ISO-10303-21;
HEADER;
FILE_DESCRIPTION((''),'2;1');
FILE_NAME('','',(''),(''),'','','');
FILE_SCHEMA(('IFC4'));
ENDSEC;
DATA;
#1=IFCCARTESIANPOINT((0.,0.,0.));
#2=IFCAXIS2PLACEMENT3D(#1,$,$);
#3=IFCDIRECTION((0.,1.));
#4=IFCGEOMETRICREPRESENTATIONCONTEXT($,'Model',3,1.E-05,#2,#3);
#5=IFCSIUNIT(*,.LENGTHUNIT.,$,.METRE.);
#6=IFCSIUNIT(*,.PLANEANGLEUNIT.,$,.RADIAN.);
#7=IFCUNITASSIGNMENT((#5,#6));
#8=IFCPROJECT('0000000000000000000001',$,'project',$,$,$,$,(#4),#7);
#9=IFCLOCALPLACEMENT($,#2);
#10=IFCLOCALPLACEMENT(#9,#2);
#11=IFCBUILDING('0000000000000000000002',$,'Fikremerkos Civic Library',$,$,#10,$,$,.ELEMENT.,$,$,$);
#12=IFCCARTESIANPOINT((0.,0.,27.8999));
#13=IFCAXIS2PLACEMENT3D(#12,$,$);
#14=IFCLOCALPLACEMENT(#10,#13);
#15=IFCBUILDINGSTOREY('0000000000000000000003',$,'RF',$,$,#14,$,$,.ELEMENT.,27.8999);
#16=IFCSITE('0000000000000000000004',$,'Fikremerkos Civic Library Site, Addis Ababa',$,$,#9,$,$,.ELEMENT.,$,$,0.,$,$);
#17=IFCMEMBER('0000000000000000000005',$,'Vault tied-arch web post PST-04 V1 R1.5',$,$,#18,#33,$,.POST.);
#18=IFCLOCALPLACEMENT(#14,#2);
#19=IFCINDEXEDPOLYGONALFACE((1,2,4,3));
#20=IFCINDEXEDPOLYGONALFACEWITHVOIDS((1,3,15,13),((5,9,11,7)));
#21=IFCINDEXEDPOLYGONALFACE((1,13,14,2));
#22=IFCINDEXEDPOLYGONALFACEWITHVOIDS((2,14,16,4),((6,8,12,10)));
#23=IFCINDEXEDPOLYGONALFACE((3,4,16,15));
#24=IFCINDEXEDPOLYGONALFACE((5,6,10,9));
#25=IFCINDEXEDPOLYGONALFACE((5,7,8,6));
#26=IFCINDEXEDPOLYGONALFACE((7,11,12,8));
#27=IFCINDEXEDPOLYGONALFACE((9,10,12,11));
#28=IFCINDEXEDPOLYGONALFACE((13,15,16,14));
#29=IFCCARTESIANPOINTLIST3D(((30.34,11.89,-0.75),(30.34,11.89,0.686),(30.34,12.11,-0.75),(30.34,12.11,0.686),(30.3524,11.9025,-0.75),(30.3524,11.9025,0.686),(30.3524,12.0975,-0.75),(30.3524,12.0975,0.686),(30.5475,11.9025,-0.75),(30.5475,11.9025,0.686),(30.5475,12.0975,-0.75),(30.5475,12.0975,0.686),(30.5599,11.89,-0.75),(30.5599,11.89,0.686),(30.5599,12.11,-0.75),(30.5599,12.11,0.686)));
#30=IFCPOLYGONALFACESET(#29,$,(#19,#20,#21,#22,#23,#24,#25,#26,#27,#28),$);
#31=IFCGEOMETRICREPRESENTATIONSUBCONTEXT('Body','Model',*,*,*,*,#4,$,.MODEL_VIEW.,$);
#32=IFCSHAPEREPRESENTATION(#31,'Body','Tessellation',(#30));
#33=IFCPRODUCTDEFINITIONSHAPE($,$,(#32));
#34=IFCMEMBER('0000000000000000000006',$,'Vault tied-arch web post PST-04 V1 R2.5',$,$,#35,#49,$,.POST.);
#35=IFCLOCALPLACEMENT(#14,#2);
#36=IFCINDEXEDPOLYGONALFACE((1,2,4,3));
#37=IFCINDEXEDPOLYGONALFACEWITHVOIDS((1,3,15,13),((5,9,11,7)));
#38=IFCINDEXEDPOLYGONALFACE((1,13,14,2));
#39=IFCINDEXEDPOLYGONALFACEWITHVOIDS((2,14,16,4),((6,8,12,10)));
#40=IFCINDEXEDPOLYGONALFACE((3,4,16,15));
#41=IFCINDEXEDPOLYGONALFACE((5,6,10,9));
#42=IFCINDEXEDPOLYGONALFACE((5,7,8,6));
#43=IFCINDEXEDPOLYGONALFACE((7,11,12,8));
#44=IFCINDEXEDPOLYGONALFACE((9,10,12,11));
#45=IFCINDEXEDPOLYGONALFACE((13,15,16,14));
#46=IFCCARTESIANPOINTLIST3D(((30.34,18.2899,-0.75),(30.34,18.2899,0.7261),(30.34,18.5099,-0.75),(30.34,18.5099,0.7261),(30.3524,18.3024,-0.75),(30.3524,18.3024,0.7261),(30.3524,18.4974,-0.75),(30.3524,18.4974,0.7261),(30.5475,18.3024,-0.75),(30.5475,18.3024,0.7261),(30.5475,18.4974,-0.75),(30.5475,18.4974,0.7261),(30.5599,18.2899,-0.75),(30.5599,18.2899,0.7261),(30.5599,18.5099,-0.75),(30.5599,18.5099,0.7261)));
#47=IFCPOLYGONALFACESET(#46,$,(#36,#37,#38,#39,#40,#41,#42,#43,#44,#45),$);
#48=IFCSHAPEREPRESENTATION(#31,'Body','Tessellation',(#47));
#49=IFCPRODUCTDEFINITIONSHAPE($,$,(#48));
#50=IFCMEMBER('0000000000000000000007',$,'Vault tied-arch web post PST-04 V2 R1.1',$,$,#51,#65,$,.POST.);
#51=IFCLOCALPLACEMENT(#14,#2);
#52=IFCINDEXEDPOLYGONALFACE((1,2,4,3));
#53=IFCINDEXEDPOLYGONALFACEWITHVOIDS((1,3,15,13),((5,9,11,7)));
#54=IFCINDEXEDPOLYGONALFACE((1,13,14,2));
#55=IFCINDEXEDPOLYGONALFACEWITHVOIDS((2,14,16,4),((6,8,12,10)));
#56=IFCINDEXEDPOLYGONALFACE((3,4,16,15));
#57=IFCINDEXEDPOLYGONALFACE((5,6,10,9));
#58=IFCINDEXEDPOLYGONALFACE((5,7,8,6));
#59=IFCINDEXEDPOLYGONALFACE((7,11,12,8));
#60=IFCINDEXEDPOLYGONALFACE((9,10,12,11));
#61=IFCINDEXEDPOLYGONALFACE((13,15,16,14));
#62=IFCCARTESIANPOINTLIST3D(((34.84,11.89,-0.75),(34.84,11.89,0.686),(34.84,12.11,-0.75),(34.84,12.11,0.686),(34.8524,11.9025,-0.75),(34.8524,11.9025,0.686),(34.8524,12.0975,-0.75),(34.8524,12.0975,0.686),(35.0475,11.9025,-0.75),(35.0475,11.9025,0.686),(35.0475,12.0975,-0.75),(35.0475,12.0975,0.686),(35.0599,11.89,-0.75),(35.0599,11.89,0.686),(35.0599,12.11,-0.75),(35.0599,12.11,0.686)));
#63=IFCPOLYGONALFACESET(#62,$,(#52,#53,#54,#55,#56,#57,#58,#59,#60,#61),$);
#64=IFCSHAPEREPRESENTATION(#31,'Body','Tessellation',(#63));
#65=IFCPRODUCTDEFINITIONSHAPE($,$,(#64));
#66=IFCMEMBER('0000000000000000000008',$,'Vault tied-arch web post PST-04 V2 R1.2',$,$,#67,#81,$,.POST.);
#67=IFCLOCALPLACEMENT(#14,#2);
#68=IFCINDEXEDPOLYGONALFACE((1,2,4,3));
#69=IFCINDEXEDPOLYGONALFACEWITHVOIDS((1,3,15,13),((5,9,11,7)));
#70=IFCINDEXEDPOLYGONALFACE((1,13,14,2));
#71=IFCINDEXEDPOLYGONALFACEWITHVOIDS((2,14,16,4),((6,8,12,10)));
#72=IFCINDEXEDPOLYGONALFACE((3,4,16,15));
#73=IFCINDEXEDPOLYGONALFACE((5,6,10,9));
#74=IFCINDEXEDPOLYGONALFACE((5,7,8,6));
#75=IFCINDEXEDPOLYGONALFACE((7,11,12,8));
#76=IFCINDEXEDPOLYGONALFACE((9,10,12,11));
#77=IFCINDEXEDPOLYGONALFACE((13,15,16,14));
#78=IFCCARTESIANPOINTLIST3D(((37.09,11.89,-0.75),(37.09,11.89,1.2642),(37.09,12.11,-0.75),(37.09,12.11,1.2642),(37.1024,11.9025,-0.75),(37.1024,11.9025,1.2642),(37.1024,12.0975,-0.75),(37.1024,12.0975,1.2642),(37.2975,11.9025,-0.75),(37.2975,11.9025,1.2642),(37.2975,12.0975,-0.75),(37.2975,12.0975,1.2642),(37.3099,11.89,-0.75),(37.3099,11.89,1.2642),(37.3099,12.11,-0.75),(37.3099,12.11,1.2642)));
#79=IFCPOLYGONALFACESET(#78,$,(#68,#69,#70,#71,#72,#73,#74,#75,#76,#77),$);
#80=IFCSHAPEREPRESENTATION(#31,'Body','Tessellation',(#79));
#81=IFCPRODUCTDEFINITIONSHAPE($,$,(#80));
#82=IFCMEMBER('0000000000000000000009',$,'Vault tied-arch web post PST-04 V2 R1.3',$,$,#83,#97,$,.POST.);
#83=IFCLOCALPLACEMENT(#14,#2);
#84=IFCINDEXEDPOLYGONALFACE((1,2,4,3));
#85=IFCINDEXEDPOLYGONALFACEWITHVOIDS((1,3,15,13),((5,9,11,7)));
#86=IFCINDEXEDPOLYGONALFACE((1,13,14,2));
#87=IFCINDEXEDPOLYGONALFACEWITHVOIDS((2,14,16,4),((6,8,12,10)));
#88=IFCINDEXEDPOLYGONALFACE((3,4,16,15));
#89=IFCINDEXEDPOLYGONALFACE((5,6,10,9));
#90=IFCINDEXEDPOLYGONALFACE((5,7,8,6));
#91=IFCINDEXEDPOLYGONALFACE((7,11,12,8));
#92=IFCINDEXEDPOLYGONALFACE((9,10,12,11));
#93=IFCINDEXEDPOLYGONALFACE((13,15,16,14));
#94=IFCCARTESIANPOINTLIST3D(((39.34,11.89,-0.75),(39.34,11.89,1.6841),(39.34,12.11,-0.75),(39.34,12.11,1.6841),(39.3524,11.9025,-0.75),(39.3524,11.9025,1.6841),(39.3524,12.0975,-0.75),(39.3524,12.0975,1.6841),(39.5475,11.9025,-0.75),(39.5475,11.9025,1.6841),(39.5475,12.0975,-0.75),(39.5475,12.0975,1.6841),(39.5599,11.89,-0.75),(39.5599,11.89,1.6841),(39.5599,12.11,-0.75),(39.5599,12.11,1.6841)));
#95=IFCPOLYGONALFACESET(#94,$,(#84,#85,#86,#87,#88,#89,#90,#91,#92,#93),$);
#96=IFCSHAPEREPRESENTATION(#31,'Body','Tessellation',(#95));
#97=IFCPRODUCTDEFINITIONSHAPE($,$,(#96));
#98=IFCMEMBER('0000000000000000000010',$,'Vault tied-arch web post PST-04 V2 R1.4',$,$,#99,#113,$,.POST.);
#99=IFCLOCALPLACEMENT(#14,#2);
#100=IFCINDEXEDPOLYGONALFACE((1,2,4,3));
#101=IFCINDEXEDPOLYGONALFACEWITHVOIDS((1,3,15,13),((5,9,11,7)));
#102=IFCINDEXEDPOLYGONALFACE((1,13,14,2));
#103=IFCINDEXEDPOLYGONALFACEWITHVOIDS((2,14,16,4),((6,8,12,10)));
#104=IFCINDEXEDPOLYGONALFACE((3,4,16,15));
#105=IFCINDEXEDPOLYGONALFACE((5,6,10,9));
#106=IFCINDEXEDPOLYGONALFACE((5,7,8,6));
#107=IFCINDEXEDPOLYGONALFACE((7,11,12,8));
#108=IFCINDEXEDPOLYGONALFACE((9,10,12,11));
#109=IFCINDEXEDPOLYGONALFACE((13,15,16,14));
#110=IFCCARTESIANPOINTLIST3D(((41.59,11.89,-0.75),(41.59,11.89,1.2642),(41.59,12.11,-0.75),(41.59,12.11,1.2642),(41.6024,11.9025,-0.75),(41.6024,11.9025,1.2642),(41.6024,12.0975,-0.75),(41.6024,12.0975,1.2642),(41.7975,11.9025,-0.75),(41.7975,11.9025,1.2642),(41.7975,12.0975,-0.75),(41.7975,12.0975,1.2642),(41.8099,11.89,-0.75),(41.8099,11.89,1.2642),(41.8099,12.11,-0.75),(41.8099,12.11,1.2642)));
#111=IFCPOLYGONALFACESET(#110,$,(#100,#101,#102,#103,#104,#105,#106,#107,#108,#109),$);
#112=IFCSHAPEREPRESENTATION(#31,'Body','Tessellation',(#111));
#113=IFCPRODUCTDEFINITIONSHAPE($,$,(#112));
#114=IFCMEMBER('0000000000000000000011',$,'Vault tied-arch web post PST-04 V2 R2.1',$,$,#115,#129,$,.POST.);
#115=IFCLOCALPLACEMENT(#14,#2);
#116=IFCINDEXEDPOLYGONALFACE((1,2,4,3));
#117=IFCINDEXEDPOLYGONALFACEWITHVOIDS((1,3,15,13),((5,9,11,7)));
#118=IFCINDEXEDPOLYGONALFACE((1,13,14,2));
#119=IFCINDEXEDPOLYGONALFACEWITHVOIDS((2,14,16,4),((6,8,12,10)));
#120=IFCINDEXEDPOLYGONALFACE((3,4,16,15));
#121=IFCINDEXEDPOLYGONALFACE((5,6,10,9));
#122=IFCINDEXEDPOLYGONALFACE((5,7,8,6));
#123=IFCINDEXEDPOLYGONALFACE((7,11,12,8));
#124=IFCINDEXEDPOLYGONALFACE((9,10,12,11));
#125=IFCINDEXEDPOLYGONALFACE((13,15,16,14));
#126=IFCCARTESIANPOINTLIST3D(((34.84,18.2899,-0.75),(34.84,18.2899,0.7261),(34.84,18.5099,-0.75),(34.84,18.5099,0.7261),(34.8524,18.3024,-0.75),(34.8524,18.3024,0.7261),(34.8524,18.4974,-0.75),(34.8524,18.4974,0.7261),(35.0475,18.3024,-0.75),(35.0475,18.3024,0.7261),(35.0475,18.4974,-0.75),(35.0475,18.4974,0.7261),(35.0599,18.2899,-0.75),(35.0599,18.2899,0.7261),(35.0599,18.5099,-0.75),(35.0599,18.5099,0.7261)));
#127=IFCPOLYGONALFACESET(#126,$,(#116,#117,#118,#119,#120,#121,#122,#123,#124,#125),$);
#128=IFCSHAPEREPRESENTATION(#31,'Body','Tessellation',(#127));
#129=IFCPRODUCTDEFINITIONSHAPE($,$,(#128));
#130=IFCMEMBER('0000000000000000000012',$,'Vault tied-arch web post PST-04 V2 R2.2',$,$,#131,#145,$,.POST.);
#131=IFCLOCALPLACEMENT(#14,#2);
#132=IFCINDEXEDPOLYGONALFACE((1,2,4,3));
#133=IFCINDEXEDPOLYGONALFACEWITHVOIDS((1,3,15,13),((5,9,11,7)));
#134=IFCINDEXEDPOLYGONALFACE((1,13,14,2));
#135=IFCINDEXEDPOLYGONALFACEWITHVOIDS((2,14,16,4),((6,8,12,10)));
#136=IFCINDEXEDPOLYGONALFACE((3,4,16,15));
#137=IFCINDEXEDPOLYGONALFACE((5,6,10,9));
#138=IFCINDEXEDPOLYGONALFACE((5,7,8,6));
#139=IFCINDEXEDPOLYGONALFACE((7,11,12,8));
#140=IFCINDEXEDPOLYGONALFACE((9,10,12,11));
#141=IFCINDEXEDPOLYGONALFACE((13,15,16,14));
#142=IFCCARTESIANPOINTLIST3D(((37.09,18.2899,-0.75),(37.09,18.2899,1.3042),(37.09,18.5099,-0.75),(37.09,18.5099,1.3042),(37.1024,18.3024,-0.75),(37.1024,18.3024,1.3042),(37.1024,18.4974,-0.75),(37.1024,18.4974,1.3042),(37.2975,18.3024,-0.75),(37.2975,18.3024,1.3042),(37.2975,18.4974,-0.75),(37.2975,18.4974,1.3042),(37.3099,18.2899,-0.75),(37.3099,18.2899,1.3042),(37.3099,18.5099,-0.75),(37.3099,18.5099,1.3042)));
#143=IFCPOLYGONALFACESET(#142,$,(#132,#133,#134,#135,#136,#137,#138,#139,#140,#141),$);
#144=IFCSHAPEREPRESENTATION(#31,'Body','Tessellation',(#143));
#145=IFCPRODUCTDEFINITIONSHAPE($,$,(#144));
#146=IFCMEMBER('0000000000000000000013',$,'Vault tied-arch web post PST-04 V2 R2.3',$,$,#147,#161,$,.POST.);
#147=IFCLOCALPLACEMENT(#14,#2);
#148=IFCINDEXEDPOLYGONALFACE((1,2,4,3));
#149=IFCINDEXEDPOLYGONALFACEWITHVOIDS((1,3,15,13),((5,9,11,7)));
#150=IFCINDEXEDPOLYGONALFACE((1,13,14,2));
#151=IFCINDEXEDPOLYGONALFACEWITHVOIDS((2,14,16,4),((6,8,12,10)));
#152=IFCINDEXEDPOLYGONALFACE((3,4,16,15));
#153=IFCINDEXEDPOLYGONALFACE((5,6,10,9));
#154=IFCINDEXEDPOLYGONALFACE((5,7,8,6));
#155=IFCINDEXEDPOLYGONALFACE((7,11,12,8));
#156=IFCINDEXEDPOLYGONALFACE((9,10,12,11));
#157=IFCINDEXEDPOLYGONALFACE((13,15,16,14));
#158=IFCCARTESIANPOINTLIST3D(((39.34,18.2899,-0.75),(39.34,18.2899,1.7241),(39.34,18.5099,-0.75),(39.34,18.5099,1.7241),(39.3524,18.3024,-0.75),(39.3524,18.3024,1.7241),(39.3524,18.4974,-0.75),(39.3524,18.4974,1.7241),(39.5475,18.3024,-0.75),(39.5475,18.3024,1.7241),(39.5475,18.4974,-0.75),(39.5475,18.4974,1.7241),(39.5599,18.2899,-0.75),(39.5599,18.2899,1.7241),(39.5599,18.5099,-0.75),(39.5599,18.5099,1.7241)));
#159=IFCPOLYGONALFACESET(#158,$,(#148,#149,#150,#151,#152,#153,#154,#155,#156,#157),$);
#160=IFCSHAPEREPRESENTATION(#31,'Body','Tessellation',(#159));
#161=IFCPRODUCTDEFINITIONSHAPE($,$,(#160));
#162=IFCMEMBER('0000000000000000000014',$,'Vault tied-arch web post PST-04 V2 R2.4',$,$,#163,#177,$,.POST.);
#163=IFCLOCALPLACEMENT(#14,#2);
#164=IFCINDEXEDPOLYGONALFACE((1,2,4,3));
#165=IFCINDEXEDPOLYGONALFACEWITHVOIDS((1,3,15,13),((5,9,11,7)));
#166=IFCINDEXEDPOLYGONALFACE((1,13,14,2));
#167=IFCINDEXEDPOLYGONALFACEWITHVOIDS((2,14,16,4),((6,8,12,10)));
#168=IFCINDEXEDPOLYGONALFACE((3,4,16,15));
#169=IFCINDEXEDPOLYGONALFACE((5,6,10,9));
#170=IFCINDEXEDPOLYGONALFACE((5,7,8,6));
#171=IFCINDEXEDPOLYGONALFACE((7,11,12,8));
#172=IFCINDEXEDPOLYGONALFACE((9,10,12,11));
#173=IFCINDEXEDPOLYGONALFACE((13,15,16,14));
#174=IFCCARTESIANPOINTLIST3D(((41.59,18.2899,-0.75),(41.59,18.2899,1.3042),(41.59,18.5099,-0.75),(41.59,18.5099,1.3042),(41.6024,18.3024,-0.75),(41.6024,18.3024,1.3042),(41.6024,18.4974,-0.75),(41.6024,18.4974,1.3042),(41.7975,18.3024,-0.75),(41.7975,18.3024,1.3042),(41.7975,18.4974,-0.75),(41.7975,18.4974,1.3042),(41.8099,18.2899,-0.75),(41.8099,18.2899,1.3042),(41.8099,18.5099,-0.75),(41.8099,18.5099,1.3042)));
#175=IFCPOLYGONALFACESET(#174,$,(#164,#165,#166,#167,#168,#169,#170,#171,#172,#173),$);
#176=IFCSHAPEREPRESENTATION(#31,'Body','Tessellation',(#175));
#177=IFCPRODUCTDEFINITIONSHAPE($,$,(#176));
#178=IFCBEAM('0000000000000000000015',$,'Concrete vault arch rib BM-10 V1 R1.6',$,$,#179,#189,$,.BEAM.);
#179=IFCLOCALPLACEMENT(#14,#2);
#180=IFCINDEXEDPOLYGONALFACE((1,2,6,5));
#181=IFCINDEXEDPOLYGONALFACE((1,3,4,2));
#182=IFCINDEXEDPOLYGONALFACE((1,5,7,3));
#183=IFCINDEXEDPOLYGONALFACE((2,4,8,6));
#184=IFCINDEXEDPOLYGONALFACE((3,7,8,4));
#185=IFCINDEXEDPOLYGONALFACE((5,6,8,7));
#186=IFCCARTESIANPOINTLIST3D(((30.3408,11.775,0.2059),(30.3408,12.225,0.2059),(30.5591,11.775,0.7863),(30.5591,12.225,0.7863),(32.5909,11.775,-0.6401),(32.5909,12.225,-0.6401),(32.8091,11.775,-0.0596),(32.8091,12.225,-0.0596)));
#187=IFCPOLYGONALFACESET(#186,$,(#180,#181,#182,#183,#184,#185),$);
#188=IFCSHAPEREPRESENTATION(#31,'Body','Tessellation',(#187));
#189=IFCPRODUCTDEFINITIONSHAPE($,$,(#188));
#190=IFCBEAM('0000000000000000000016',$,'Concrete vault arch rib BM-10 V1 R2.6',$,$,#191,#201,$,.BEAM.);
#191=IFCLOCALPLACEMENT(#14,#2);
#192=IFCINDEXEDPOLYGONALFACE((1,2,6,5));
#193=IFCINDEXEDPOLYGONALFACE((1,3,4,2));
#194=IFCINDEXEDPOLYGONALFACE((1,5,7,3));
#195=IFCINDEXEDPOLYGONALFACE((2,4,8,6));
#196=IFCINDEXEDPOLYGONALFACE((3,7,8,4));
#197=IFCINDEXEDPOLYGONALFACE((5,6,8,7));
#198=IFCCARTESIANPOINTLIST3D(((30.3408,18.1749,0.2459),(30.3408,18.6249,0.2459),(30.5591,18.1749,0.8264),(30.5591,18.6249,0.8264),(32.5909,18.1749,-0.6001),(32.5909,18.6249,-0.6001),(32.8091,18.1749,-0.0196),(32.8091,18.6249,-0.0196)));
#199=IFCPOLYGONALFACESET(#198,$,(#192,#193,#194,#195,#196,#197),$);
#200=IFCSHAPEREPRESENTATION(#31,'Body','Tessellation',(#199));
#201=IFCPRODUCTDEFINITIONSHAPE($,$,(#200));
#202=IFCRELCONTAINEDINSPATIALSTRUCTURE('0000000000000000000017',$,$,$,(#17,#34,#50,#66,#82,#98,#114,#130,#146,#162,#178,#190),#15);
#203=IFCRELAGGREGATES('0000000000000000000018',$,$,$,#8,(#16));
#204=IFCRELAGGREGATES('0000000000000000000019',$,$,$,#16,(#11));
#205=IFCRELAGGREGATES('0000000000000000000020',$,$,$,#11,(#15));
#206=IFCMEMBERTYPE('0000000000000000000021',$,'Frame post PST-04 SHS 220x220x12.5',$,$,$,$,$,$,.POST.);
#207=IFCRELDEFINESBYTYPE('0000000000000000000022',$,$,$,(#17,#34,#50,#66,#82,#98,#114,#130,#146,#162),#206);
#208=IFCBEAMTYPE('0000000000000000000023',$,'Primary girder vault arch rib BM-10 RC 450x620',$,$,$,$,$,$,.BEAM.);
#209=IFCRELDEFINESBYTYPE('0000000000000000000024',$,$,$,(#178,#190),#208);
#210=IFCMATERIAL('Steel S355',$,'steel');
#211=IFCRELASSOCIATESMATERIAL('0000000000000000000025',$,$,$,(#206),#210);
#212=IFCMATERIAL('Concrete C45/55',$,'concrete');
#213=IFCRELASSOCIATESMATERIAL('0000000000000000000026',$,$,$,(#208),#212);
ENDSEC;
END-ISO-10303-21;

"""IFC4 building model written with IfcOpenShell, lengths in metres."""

from ifc_helpers import new_model, si_unit, direction, frame, origin, origin_2d, place, context, subcontext, project, spatial, rectangle, hollow_rectangle, extrude, material, material_profile, profile_set, type_object, element, save


model = new_model("IFC4")

# Units and contexts
model_context = context("Model", 3, precision=1e-05, world=origin(), true_north=direction((0.0, 1.0)))
body_context = subcontext(model_context, "Body", "Model", "MODEL_VIEW")
ifc_project = project(units=[si_unit("LENGTHUNIT", "METRE"), si_unit("PLANEANGLEUNIT", "RADIAN")], contexts=[model_context])

# Site, building, storey
site_placement = place(None, origin())
site = spatial("IfcSite", under=ifc_project, at=site_placement, Name="Fikremerkos Civic Library Site, Addis Ababa", CompositionType="ELEMENT", RefElevation=0.0)
building_placement = place(site_placement, origin())
building = spatial("IfcBuilding", under=site, at=building_placement, Name="Fikremerkos Civic Library", CompositionType="ELEMENT")
storey_placement = place(building_placement, frame((0.0, 0.0, 27.8999)))
storey = spatial("IfcBuildingStorey", under=building, at=storey_placement, Name="RF", CompositionType="ELEMENT", Elevation=27.8999)

# Members
ifc_material_1 = material(Name="Steel S355", Category="steel")
ifc_material_profile_1 = material_profile(ifc_material_1, hollow_rectangle(XDim=0.22, YDim=0.22, WallThickness=0.0125, at=origin_2d()), Name="SHS 220x220x12.5")
ifc_profile_set_1 = profile_set([ifc_material_profile_1], Name="Steel S355")
member_type_1 = type_object("IfcMemberType", Name="Frame post PST-04 SHS 220x220x12.5", PredefinedType="POST", material=ifc_profile_set_1)
member_1_placement = place(storey_placement, frame((30.45, 12.0, -0.75), z_axis=(0.0, 0.0, 1.0), x_axis=(1.0, 0.0, 0.0)))
element("IfcMember", 1, at=member_1_placement, inside=storey, type_object=member_type_1, Name="Vault tied-arch web post PST-04 V1 R1.5", PredefinedType="POST", context=body_context, shape_type="SweptSolid", body=[
    extrude(hollow_rectangle(XDim=0.22, YDim=0.22, WallThickness=0.0125, at=origin_2d()), origin(), (0.0, 0.0, 1.0), 1.436),
])
member_2_placement = place(storey_placement, frame((30.45, 18.3999, -0.75), z_axis=(0.0, 0.0, 1.0), x_axis=(1.0, 0.0, 0.0)))
element("IfcMember", 2, at=member_2_placement, inside=storey, type_object=member_type_1, Name="Vault tied-arch web post PST-04 V1 R2.5", PredefinedType="POST", context=body_context, shape_type="SweptSolid", body=[
    extrude(hollow_rectangle(XDim=0.22, YDim=0.22, WallThickness=0.0125, at=origin_2d()), origin(), (0.0, 0.0, 1.0), 1.4761),
])
member_3_placement = place(storey_placement, frame((34.95, 12.0, -0.75), z_axis=(0.0, 0.0, 1.0), x_axis=(1.0, 0.0, 0.0)))
element("IfcMember", 3, at=member_3_placement, inside=storey, type_object=member_type_1, Name="Vault tied-arch web post PST-04 V2 R1.1", PredefinedType="POST", context=body_context, shape_type="SweptSolid", body=[
    extrude(hollow_rectangle(XDim=0.22, YDim=0.22, WallThickness=0.0125, at=origin_2d()), origin(), (0.0, 0.0, 1.0), 1.436),
])
member_4_placement = place(storey_placement, frame((37.2, 12.0, -0.75), z_axis=(0.0, 0.0, 1.0), x_axis=(1.0, 0.0, 0.0)))
element("IfcMember", 4, at=member_4_placement, inside=storey, type_object=member_type_1, Name="Vault tied-arch web post PST-04 V2 R1.2", PredefinedType="POST", context=body_context, shape_type="SweptSolid", body=[
    extrude(hollow_rectangle(XDim=0.22, YDim=0.22, WallThickness=0.0125, at=origin_2d()), origin(), (0.0, 0.0, 1.0), 2.0142),
])
member_5_placement = place(storey_placement, frame((39.45, 12.0, -0.75), z_axis=(0.0, 0.0, 1.0), x_axis=(1.0, 0.0, 0.0)))
element("IfcMember", 5, at=member_5_placement, inside=storey, type_object=member_type_1, Name="Vault tied-arch web post PST-04 V2 R1.3", PredefinedType="POST", context=body_context, shape_type="SweptSolid", body=[
    extrude(hollow_rectangle(XDim=0.22, YDim=0.22, WallThickness=0.0125, at=origin_2d()), origin(), (0.0, 0.0, 1.0), 2.4341),
])
member_6_placement = place(storey_placement, frame((41.7, 12.0, -0.75), z_axis=(0.0, 0.0, 1.0), x_axis=(1.0, 0.0, 0.0)))
element("IfcMember", 6, at=member_6_placement, inside=storey, type_object=member_type_1, Name="Vault tied-arch web post PST-04 V2 R1.4", PredefinedType="POST", context=body_context, shape_type="SweptSolid", body=[
    extrude(hollow_rectangle(XDim=0.22, YDim=0.22, WallThickness=0.0125, at=origin_2d()), origin(), (0.0, 0.0, 1.0), 2.0142),
])
member_7_placement = place(storey_placement, frame((34.95, 18.3999, -0.75), z_axis=(0.0, 0.0, 1.0), x_axis=(1.0, 0.0, 0.0)))
element("IfcMember", 7, at=member_7_placement, inside=storey, type_object=member_type_1, Name="Vault tied-arch web post PST-04 V2 R2.1", PredefinedType="POST", context=body_context, shape_type="SweptSolid", body=[
    extrude(hollow_rectangle(XDim=0.22, YDim=0.22, WallThickness=0.0125, at=origin_2d()), origin(), (0.0, 0.0, 1.0), 1.4761),
])
member_8_placement = place(storey_placement, frame((37.2, 18.3999, -0.75), z_axis=(0.0, 0.0, 1.0), x_axis=(1.0, 0.0, 0.0)))
element("IfcMember", 8, at=member_8_placement, inside=storey, type_object=member_type_1, Name="Vault tied-arch web post PST-04 V2 R2.2", PredefinedType="POST", context=body_context, shape_type="SweptSolid", body=[
    extrude(hollow_rectangle(XDim=0.22, YDim=0.22, WallThickness=0.0125, at=origin_2d()), origin(), (0.0, 0.0, 1.0), 2.0542),
])
member_9_placement = place(storey_placement, frame((39.45, 18.3999, -0.75), z_axis=(0.0, 0.0, 1.0), x_axis=(1.0, 0.0, 0.0)))
element("IfcMember", 9, at=member_9_placement, inside=storey, type_object=member_type_1, Name="Vault tied-arch web post PST-04 V2 R2.3", PredefinedType="POST", context=body_context, shape_type="SweptSolid", body=[
    extrude(hollow_rectangle(XDim=0.22, YDim=0.22, WallThickness=0.0125, at=origin_2d()), origin(), (0.0, 0.0, 1.0), 2.4741),
])
member_10_placement = place(storey_placement, frame((41.7, 18.3999, -0.75), z_axis=(0.0, 0.0, 1.0), x_axis=(1.0, 0.0, 0.0)))
element("IfcMember", 10, at=member_10_placement, inside=storey, type_object=member_type_1, Name="Vault tied-arch web post PST-04 V2 R2.4", PredefinedType="POST", context=body_context, shape_type="SweptSolid", body=[
    extrude(hollow_rectangle(XDim=0.22, YDim=0.22, WallThickness=0.0125, at=origin_2d()), origin(), (0.0, 0.0, 1.0), 2.0542),
])

# Beams
ifc_material_2 = material(Name="Concrete C45/55", Category="concrete")
ifc_material_profile_2 = material_profile(ifc_material_2, rectangle(XDim=0.45, YDim=0.6201, at=origin_2d()), Name="RC 450x620")
ifc_profile_set_2 = profile_set([ifc_material_profile_2], Name="Concrete C45/55")
beam_type_1 = type_object("IfcBeamType", Name="Primary girder vault arch rib BM-10 RC 450x620", PredefinedType="BEAM", material=ifc_profile_set_2)
for number, where, z_axis, x_axis, name in (
    (11, (30.45, 12.0, 0.4961), (0.936028, 0.0, -0.351925), (0.0, 1.0, 0.0), "Concrete vault arch rib BM-10 V1 R1.6"),
    (12, (30.45, 18.3999, 0.5361), (0.936028, 0.0, -0.351925), (0.0, 1.0, 0.0), "Concrete vault arch rib BM-10 V1 R2.6"),
):
    element("IfcBeam", number, at=place(storey_placement, frame(where, z_axis=z_axis, x_axis=x_axis)), inside=storey, type_object=beam_type_1, Name=name, PredefinedType="BEAM", context=body_context, shape_type="SweptSolid", body=[
        extrude(rectangle(XDim=0.45, YDim=0.6201, at=origin_2d()), origin(), (0.0, 0.0, 1.0), 2.4038),
    ])

save(model, "model.ifc")
